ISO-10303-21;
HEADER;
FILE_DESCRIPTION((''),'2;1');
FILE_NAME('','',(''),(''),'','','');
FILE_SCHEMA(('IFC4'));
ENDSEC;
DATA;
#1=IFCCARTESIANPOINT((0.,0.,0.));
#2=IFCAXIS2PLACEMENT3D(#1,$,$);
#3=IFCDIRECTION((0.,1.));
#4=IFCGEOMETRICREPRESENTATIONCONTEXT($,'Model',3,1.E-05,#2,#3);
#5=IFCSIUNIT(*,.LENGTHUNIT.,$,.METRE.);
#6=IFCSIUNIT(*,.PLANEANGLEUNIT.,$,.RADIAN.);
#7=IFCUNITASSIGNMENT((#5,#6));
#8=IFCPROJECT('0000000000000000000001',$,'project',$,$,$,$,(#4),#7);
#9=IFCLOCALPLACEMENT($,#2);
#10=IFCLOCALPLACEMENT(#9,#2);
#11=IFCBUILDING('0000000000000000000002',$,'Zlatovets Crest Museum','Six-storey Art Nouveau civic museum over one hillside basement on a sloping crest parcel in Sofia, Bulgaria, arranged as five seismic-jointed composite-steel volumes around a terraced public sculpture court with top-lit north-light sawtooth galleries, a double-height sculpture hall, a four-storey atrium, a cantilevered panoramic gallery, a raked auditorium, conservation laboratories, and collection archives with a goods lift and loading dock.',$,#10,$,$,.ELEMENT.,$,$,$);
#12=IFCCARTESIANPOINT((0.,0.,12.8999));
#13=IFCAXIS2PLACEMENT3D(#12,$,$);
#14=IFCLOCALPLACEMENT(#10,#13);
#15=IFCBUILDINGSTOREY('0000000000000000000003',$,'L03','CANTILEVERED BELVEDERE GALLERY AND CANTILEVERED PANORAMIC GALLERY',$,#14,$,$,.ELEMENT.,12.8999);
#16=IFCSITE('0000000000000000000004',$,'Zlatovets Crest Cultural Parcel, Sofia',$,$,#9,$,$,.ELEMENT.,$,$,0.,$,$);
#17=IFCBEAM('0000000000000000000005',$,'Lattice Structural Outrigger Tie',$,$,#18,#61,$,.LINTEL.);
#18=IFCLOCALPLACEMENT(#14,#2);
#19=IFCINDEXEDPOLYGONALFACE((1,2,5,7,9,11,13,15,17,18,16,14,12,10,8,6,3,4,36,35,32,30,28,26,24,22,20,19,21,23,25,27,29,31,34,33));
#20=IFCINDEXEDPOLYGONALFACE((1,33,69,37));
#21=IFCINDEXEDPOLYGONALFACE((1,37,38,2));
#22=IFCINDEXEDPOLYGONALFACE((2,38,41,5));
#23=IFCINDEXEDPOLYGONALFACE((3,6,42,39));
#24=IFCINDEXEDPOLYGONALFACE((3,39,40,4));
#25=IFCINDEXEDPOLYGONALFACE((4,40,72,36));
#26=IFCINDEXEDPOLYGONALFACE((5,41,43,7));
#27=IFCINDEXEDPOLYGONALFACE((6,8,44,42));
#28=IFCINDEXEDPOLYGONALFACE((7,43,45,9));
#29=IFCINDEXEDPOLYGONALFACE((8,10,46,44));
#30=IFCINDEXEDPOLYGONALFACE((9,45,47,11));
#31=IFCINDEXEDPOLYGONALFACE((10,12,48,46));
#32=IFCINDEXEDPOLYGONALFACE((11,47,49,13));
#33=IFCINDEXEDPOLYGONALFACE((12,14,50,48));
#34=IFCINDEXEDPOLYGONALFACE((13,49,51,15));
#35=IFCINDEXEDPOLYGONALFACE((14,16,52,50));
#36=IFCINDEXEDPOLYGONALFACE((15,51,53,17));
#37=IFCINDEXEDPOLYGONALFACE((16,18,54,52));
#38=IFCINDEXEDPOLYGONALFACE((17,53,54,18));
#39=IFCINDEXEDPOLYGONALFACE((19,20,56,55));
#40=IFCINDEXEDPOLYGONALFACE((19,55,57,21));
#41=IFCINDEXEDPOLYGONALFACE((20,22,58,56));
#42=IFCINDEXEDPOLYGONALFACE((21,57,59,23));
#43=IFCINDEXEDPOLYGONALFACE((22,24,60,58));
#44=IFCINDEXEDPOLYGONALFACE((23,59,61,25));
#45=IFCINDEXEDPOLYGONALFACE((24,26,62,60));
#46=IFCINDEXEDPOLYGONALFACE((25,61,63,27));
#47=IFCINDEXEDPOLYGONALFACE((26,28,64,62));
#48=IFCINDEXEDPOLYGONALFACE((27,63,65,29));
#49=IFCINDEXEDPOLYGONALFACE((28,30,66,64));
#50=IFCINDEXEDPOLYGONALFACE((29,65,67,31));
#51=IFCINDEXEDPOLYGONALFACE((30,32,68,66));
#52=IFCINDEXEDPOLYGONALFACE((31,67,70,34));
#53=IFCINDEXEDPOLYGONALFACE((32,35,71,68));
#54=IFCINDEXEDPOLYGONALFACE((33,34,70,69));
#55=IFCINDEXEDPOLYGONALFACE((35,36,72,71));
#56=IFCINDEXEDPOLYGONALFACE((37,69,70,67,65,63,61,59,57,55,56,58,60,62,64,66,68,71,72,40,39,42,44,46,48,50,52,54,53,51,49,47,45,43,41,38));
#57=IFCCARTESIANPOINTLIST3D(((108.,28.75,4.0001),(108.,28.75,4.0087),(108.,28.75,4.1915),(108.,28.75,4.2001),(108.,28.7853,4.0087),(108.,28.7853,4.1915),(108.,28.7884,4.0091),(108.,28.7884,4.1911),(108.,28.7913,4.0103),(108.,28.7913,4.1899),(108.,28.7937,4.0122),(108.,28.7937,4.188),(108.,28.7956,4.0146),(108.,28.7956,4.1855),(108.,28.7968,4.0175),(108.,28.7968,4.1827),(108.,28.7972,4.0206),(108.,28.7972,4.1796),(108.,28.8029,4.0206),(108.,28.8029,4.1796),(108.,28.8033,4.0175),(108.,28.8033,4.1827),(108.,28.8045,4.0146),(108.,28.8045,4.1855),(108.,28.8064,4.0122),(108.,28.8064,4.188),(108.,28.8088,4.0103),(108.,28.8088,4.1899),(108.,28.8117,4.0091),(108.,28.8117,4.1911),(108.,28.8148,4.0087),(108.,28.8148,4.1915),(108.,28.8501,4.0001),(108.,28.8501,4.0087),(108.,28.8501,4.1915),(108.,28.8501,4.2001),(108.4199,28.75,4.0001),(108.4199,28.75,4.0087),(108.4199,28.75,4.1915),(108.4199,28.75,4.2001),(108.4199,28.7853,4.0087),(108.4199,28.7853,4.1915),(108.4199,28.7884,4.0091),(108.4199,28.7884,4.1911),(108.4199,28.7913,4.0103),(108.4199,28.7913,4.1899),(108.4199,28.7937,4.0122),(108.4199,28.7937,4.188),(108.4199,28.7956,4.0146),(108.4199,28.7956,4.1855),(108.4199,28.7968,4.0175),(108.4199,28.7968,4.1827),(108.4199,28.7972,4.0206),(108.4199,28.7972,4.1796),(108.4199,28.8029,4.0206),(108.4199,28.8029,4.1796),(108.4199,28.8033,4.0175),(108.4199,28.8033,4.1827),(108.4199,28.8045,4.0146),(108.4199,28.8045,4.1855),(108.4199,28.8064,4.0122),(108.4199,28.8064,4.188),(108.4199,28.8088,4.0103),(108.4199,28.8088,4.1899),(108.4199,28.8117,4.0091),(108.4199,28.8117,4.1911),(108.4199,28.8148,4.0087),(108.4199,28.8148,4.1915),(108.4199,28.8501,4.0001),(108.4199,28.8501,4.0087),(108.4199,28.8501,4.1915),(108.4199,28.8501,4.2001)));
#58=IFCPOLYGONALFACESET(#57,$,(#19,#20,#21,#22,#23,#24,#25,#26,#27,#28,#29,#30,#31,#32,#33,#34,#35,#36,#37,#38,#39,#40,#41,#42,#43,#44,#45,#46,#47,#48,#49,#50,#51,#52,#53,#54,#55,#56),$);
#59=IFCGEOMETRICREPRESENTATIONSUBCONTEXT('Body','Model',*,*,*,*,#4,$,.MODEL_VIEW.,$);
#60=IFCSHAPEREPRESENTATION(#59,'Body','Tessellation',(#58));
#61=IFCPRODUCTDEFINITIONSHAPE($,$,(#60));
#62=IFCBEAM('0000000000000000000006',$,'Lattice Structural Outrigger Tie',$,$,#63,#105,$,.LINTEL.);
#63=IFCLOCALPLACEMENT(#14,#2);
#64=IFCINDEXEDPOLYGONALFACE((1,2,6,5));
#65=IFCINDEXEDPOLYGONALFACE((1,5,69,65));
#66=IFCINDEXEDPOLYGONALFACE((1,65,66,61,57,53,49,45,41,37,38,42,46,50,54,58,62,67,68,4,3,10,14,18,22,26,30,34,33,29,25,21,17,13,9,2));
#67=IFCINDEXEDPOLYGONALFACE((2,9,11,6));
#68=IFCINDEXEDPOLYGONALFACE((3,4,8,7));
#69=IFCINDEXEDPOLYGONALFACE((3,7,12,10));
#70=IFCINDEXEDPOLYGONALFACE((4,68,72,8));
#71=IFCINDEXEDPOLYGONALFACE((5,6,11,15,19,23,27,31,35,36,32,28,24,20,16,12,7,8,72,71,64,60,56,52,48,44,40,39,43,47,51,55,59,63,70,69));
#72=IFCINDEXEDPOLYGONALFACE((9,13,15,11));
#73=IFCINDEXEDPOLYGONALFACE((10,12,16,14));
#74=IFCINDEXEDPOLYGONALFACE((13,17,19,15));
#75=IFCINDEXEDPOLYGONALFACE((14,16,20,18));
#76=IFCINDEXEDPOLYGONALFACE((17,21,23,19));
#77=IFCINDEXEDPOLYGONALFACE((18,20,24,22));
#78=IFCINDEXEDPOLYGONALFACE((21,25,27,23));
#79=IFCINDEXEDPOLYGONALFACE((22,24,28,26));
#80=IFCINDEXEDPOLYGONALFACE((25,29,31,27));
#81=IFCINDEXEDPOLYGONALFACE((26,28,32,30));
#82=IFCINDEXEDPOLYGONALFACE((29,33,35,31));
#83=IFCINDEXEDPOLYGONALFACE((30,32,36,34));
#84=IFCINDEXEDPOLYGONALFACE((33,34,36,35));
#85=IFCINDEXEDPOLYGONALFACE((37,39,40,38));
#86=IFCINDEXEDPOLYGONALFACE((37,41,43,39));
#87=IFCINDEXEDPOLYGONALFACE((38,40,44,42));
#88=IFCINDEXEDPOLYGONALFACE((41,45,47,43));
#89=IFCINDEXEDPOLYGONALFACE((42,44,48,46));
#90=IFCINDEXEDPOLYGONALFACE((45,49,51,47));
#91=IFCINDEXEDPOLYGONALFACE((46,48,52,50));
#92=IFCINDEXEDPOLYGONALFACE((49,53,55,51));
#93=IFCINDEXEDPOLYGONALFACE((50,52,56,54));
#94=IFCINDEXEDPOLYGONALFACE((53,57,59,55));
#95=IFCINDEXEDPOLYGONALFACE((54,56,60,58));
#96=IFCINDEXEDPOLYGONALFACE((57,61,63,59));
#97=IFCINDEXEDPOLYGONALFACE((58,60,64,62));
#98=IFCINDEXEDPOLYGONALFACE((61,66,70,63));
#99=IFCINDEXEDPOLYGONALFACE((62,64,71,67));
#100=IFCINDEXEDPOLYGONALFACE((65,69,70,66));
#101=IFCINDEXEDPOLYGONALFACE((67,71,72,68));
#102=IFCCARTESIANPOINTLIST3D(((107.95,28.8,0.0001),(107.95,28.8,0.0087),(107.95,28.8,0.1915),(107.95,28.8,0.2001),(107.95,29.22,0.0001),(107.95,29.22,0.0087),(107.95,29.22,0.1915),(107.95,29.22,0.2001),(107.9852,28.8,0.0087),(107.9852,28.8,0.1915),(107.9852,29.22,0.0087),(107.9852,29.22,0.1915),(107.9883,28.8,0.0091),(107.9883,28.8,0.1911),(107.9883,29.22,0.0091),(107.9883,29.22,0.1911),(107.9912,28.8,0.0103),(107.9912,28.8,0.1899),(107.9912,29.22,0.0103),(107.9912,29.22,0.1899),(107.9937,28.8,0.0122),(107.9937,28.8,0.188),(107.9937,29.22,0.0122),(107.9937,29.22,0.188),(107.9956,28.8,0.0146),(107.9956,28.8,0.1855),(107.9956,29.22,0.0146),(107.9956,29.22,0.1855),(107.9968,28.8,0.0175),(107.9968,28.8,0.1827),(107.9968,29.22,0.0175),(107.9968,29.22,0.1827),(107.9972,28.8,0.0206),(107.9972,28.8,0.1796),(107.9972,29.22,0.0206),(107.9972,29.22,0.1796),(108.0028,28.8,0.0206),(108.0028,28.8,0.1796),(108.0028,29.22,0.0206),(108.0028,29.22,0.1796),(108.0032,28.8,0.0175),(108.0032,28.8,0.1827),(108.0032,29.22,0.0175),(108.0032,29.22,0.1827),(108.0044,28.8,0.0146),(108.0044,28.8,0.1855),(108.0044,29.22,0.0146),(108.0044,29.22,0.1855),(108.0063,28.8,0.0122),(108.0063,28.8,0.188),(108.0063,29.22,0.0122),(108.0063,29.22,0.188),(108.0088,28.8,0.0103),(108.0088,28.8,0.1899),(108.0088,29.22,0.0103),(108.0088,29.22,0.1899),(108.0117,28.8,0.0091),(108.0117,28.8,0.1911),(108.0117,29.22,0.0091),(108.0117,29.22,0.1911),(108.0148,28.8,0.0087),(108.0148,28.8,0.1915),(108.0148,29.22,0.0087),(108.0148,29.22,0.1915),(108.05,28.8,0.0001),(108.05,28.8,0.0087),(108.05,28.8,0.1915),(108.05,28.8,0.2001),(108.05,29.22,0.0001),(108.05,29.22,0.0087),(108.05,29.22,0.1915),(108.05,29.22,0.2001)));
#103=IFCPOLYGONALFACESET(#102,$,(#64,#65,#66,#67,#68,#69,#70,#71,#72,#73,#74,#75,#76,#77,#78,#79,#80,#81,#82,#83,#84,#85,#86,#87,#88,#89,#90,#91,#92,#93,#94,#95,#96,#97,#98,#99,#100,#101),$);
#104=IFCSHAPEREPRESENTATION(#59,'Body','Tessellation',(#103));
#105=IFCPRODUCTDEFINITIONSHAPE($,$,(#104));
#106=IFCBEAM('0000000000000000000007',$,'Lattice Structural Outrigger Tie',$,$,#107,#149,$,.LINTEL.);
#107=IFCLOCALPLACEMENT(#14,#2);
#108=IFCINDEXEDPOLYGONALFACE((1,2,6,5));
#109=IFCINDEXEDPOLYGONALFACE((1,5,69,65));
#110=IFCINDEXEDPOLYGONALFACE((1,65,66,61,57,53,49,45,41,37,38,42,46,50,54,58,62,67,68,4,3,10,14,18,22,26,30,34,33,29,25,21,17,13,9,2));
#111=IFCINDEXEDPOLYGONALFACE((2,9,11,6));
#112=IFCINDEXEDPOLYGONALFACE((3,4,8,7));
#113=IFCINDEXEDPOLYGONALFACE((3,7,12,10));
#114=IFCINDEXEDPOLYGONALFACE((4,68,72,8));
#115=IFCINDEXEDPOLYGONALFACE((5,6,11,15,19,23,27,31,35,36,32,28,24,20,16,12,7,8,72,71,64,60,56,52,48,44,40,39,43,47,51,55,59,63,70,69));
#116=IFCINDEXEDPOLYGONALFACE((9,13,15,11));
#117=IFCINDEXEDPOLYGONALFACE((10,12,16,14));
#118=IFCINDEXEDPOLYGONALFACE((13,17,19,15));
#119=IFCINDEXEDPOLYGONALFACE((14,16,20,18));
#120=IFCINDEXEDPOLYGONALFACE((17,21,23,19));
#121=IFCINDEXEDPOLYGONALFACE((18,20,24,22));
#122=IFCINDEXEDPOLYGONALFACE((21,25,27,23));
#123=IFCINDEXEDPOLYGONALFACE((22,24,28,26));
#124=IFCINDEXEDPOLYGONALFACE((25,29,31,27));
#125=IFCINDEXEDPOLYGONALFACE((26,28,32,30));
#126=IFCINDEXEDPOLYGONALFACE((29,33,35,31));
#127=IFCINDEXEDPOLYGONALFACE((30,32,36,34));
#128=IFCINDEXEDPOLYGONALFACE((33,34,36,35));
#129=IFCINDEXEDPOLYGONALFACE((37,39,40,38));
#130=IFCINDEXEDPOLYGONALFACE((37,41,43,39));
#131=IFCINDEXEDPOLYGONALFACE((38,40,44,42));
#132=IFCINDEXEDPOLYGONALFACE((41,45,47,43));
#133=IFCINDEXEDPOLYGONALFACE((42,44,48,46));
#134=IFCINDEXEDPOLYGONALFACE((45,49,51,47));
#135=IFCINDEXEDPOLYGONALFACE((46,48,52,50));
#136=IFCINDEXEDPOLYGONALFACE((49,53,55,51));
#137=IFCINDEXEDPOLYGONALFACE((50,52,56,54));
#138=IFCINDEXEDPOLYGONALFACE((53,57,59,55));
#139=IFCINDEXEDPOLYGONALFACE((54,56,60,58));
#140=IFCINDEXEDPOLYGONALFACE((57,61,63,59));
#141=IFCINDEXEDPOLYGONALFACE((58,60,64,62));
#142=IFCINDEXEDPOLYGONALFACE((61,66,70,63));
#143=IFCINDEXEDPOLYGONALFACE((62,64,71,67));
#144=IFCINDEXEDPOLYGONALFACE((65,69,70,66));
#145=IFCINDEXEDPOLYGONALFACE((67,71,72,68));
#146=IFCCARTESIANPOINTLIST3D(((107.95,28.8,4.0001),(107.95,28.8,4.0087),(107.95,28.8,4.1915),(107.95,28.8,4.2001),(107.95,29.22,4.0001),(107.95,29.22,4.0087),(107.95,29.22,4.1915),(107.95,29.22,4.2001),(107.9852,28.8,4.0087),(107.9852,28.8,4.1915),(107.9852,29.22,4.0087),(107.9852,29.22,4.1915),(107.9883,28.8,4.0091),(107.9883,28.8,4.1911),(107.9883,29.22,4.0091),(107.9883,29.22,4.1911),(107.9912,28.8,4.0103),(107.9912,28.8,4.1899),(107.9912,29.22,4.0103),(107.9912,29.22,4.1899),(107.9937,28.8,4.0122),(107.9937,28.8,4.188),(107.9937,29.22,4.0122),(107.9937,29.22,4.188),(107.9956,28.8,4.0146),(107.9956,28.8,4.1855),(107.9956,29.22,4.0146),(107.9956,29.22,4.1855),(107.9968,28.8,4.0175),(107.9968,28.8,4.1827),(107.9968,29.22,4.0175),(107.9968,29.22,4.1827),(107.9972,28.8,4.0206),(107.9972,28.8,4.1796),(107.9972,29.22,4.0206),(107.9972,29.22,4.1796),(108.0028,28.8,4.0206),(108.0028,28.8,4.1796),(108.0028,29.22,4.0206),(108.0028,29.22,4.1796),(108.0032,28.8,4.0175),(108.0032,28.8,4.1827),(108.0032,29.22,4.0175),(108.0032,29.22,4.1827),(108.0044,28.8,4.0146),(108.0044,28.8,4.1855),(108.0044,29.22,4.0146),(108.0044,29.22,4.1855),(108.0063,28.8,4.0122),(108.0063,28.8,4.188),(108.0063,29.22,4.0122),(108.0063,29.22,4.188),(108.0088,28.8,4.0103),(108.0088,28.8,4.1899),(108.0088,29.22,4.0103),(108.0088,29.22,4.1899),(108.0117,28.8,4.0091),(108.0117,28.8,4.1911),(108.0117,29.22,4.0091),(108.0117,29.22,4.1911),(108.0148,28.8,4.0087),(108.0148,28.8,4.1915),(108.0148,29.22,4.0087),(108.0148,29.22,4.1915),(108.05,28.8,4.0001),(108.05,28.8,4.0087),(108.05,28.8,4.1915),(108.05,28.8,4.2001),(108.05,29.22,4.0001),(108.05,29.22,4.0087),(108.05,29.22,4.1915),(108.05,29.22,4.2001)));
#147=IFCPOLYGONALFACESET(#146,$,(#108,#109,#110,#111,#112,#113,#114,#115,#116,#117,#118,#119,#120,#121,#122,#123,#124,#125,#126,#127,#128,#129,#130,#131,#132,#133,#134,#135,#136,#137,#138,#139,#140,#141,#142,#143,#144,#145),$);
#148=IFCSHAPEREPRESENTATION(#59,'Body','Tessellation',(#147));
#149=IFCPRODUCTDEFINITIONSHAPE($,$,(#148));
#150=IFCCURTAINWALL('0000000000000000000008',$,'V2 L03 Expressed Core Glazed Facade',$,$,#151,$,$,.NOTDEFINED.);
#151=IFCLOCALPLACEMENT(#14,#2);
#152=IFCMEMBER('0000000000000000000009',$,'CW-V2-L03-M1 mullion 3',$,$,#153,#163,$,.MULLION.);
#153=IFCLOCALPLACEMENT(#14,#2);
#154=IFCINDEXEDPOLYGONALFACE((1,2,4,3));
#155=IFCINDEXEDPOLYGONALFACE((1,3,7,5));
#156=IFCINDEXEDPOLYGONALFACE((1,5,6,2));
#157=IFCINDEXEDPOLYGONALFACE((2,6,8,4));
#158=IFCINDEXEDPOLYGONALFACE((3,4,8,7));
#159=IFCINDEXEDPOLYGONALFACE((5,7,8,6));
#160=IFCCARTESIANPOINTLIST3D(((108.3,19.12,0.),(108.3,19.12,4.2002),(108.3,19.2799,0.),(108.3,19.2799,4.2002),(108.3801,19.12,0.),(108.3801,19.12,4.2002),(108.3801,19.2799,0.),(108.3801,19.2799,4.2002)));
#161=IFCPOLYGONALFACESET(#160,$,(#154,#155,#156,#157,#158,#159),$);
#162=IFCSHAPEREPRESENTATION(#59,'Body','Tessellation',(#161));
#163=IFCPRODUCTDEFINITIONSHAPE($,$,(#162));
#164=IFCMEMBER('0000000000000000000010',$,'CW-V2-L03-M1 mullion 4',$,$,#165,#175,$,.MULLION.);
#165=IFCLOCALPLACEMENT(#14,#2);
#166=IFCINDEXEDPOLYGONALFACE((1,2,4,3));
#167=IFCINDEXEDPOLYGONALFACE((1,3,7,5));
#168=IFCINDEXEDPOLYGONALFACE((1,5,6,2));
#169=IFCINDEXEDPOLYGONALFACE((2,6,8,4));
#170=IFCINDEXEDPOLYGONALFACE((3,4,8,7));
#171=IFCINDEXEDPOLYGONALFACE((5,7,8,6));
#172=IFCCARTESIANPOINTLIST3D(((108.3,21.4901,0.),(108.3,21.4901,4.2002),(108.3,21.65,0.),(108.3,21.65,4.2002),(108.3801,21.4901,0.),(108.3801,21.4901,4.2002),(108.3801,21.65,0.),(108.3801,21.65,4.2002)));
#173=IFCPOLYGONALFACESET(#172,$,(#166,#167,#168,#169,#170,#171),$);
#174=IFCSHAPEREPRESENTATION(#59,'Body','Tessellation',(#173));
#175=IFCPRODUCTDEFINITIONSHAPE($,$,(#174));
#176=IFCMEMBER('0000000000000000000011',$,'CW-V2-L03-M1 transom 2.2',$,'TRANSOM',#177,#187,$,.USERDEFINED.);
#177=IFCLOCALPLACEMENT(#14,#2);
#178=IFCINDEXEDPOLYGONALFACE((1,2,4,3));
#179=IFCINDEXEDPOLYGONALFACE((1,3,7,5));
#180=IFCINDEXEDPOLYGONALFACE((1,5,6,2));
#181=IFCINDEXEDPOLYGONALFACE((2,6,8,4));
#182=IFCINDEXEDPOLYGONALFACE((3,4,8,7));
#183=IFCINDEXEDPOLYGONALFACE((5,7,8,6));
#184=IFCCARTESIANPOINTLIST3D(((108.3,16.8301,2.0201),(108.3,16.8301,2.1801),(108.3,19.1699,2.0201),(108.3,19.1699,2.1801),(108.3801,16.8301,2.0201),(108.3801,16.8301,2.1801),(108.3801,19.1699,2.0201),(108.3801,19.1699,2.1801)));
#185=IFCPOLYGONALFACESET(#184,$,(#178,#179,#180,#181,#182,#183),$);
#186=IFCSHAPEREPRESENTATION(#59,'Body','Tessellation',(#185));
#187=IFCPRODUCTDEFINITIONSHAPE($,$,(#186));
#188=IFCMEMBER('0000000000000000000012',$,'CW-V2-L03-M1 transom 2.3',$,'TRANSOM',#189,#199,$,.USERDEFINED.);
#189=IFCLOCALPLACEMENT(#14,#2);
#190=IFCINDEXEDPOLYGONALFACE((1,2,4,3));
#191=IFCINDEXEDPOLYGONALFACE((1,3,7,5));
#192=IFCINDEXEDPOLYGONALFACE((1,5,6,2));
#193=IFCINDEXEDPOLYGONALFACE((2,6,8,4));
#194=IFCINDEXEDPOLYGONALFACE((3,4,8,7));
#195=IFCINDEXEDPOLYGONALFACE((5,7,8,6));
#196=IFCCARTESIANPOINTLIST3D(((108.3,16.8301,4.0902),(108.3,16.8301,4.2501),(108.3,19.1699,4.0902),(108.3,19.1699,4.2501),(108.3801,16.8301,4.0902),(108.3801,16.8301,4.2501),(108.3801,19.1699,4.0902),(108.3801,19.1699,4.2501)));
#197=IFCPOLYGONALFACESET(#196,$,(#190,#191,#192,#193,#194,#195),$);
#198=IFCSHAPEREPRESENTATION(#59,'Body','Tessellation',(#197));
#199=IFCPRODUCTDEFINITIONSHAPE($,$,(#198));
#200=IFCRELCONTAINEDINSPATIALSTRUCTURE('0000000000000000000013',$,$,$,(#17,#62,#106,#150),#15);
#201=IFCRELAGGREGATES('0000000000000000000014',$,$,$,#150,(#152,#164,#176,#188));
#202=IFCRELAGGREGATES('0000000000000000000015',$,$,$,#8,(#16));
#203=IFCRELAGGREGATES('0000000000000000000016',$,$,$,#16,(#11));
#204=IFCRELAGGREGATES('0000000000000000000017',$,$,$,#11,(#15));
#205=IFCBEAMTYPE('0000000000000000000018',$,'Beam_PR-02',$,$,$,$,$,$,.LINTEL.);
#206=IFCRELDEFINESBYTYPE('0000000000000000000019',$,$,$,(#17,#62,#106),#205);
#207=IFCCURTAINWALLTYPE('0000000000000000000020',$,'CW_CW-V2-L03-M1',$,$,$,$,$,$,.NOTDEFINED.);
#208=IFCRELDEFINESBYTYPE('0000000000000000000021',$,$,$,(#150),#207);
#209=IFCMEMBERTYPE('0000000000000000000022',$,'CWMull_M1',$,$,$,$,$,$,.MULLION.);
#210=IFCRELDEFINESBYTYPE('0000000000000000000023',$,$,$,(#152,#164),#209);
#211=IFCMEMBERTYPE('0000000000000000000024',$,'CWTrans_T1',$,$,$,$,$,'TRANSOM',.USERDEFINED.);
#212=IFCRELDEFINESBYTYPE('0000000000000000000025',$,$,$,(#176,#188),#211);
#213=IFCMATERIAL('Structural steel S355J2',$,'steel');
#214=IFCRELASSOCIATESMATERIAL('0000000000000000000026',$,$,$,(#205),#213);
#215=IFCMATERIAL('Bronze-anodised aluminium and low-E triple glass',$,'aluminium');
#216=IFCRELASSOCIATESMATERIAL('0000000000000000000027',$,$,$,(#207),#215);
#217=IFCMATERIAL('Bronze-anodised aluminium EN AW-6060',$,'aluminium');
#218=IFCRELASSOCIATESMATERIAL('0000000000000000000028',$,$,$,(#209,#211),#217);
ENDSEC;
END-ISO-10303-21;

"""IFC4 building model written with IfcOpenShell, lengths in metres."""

from ifc_helpers import new_model, si_unit, direction, frame, origin, origin_2d, place, context, subcontext, project, spatial, rectangle, i_section, extrude, material, material_profile, profile_set, type_object, element, aggregate, save


model = new_model("IFC4")

# Units and contexts
model_context = context("Model", 3, precision=1e-05, world=origin(), true_north=direction((0.0, 1.0)))
body_context = subcontext(model_context, "Body", "Model", "MODEL_VIEW")
ifc_project = project(units=[si_unit("LENGTHUNIT", "METRE"), si_unit("PLANEANGLEUNIT", "RADIAN")], contexts=[model_context])

# Site, building, storey
site_placement = place(None, origin())
site = spatial("IfcSite", under=ifc_project, at=site_placement, Name="Zlatovets Crest Cultural Parcel, Sofia", CompositionType="ELEMENT", RefElevation=0.0)
building_placement = place(site_placement, origin())
building = spatial("IfcBuilding", under=site, at=building_placement, Name="Zlatovets Crest Museum", Description="Six-storey Art Nouveau civic museum over one hillside basement on a sloping crest parcel in Sofia, Bulgaria, arranged as five seismic-jointed composite-steel volumes around a terraced public sculpture court with top-lit north-light sawtooth galleries, a double-height sculpture hall, a four-storey atrium, a cantilevered panoramic gallery, a raked auditorium, conservation laboratories, and collection archives with a goods lift and loading dock.", CompositionType="ELEMENT")
storey_placement = place(building_placement, frame((0.0, 0.0, 12.8999)))
storey = spatial("IfcBuildingStorey", under=building, at=storey_placement, Name="L03", Description="CANTILEVERED BELVEDERE GALLERY AND CANTILEVERED PANORAMIC GALLERY", CompositionType="ELEMENT", Elevation=12.8999)

# Shared definitions
ifc_material_1 = material(Name="Structural steel S355J2", Category="steel")

# Beams
ifc_material_profile_1 = material_profile(ifc_material_1, i_section(OverallWidth=0.1001, OverallDepth=0.2, WebThickness=0.0056, FlangeThickness=0.0085, FilletRadius=0.012, at=origin_2d()), Name="IPE 200")
ifc_profile_set_1 = profile_set([ifc_material_profile_1], Name="Structural steel S355J2")
beam_type_1 = type_object("IfcBeamType", Name="Beam_PR-02", PredefinedType="LINTEL", material=ifc_profile_set_1)
for number, where, z_axis, x_axis, name in (
    (1, (108.0, 28.8, 4.1001), (1.0, 0.0, 0.0), (0.0, 1.0, 0.0), "Lattice Structural Outrigger Tie"),
    (2, (108.0, 28.8, 0.1001), (0.0, 1.0, 0.0), (-1.0, 0.0, 0.0), "Lattice Structural Outrigger Tie"),
    (3, (108.0, 28.8, 4.1001), (0.0, 1.0, 0.0), (-1.0, 0.0, 0.0), "Lattice Structural Outrigger Tie"),
):
    element("IfcBeam", number, at=place(storey_placement, frame(where, z_axis=z_axis, x_axis=x_axis)), inside=storey, type_object=beam_type_1, Name=name, PredefinedType="LINTEL", context=body_context, shape_type="SweptSolid", body=[
        extrude(i_section(OverallWidth=0.1001, OverallDepth=0.2, WebThickness=0.0056, FlangeThickness=0.0085, FilletRadius=0.012, at=origin_2d()), origin(), (0.0, 0.0, 1.0), 0.4199),
    ])

# Curtain wall, members
ifc_material_2 = material(Name="Bronze-anodised aluminium and low-E triple glass", Category="aluminium")
curtain_wall_type = type_object("IfcCurtainWallType", Name="CW_CW-V2-L03-M1", PredefinedType="NOTDEFINED", material=ifc_material_2)
curtain_wall_placement = place(storey_placement, origin())
curtain_wall = element("IfcCurtainWall", 4, at=curtain_wall_placement, inside=storey, type_object=curtain_wall_type, Name="V2 L03 Expressed Core Glazed Facade", PredefinedType="NOTDEFINED")
ifc_material_3 = material(Name="Bronze-anodised aluminium EN AW-6060", Category="aluminium")
ifc_material_profile_2 = material_profile(ifc_material_3, rectangle(XDim=0.0801, YDim=0.1599, at=origin_2d()), Name="ALU 80x160")
ifc_profile_set_2 = profile_set([ifc_material_profile_2], Name="Bronze-anodised aluminium EN AW-6060")
member_type_1 = type_object("IfcMemberType", Name="CWMull_M1", PredefinedType="MULLION", material=ifc_profile_set_2)
member_1_placement = place(storey_placement, frame((108.3401, 19.2, 0.0), z_axis=(0.0, 0.0, 1.0), x_axis=(-1.0, 0.0, 0.0)))
member_1 = element("IfcMember", 5, at=member_1_placement, type_object=member_type_1, Name="CW-V2-L03-M1 mullion 3", PredefinedType="MULLION", context=body_context, shape_type="SweptSolid", body=[
    extrude(rectangle(XDim=0.0801, YDim=0.1599, at=origin_2d()), origin(), (0.0, 0.0, 1.0), 4.2002),
])
member_2_placement = place(storey_placement, frame((108.3401, 21.5701, 0.0), z_axis=(0.0, 0.0, 1.0), x_axis=(-1.0, 0.0, 0.0)))
member_2 = element("IfcMember", 6, at=member_2_placement, type_object=member_type_1, Name="CW-V2-L03-M1 mullion 4", PredefinedType="MULLION", context=body_context, shape_type="SweptSolid", body=[
    extrude(rectangle(XDim=0.0801, YDim=0.1599, at=origin_2d()), origin(), (0.0, 0.0, 1.0), 4.2002),
])
ifc_material_profile_3 = material_profile(ifc_material_3, rectangle(XDim=0.0801, YDim=0.1599, at=origin_2d()), Name="ALU 80x160")
ifc_profile_set_3 = profile_set([ifc_material_profile_3], Name="Bronze-anodised aluminium EN AW-6060")
member_type_2 = type_object("IfcMemberType", Name="CWTrans_T1", ElementType="TRANSOM", PredefinedType="USERDEFINED", material=ifc_profile_set_3)
member_3_placement = place(storey_placement, frame((108.3401, 16.8301, 2.1001), z_axis=(0.0, 1.0, 0.0), x_axis=(-1.0, 0.0, 0.0)))
member_3 = element("IfcMember", 7, at=member_3_placement, type_object=member_type_2, Name="CW-V2-L03-M1 transom 2.2", ObjectType="TRANSOM", PredefinedType="USERDEFINED", context=body_context, shape_type="SweptSolid", body=[
    extrude(rectangle(XDim=0.0801, YDim=0.1599, at=origin_2d()), origin(), (0.0, 0.0, 1.0), 2.3398),
])
member_4_placement = place(storey_placement, frame((108.3401, 16.8301, 4.1702), z_axis=(0.0, 1.0, 0.0), x_axis=(-1.0, 0.0, 0.0)))
member_4 = element("IfcMember", 8, at=member_4_placement, type_object=member_type_2, Name="CW-V2-L03-M1 transom 2.3", ObjectType="TRANSOM", PredefinedType="USERDEFINED", context=body_context, shape_type="SweptSolid", body=[
    extrude(rectangle(XDim=0.0801, YDim=0.1599, at=origin_2d()), origin(), (0.0, 0.0, 1.0), 2.3398),
])

aggregate(curtain_wall, [member_1, member_2, member_3, member_4])

save(model, "model.ifc")
